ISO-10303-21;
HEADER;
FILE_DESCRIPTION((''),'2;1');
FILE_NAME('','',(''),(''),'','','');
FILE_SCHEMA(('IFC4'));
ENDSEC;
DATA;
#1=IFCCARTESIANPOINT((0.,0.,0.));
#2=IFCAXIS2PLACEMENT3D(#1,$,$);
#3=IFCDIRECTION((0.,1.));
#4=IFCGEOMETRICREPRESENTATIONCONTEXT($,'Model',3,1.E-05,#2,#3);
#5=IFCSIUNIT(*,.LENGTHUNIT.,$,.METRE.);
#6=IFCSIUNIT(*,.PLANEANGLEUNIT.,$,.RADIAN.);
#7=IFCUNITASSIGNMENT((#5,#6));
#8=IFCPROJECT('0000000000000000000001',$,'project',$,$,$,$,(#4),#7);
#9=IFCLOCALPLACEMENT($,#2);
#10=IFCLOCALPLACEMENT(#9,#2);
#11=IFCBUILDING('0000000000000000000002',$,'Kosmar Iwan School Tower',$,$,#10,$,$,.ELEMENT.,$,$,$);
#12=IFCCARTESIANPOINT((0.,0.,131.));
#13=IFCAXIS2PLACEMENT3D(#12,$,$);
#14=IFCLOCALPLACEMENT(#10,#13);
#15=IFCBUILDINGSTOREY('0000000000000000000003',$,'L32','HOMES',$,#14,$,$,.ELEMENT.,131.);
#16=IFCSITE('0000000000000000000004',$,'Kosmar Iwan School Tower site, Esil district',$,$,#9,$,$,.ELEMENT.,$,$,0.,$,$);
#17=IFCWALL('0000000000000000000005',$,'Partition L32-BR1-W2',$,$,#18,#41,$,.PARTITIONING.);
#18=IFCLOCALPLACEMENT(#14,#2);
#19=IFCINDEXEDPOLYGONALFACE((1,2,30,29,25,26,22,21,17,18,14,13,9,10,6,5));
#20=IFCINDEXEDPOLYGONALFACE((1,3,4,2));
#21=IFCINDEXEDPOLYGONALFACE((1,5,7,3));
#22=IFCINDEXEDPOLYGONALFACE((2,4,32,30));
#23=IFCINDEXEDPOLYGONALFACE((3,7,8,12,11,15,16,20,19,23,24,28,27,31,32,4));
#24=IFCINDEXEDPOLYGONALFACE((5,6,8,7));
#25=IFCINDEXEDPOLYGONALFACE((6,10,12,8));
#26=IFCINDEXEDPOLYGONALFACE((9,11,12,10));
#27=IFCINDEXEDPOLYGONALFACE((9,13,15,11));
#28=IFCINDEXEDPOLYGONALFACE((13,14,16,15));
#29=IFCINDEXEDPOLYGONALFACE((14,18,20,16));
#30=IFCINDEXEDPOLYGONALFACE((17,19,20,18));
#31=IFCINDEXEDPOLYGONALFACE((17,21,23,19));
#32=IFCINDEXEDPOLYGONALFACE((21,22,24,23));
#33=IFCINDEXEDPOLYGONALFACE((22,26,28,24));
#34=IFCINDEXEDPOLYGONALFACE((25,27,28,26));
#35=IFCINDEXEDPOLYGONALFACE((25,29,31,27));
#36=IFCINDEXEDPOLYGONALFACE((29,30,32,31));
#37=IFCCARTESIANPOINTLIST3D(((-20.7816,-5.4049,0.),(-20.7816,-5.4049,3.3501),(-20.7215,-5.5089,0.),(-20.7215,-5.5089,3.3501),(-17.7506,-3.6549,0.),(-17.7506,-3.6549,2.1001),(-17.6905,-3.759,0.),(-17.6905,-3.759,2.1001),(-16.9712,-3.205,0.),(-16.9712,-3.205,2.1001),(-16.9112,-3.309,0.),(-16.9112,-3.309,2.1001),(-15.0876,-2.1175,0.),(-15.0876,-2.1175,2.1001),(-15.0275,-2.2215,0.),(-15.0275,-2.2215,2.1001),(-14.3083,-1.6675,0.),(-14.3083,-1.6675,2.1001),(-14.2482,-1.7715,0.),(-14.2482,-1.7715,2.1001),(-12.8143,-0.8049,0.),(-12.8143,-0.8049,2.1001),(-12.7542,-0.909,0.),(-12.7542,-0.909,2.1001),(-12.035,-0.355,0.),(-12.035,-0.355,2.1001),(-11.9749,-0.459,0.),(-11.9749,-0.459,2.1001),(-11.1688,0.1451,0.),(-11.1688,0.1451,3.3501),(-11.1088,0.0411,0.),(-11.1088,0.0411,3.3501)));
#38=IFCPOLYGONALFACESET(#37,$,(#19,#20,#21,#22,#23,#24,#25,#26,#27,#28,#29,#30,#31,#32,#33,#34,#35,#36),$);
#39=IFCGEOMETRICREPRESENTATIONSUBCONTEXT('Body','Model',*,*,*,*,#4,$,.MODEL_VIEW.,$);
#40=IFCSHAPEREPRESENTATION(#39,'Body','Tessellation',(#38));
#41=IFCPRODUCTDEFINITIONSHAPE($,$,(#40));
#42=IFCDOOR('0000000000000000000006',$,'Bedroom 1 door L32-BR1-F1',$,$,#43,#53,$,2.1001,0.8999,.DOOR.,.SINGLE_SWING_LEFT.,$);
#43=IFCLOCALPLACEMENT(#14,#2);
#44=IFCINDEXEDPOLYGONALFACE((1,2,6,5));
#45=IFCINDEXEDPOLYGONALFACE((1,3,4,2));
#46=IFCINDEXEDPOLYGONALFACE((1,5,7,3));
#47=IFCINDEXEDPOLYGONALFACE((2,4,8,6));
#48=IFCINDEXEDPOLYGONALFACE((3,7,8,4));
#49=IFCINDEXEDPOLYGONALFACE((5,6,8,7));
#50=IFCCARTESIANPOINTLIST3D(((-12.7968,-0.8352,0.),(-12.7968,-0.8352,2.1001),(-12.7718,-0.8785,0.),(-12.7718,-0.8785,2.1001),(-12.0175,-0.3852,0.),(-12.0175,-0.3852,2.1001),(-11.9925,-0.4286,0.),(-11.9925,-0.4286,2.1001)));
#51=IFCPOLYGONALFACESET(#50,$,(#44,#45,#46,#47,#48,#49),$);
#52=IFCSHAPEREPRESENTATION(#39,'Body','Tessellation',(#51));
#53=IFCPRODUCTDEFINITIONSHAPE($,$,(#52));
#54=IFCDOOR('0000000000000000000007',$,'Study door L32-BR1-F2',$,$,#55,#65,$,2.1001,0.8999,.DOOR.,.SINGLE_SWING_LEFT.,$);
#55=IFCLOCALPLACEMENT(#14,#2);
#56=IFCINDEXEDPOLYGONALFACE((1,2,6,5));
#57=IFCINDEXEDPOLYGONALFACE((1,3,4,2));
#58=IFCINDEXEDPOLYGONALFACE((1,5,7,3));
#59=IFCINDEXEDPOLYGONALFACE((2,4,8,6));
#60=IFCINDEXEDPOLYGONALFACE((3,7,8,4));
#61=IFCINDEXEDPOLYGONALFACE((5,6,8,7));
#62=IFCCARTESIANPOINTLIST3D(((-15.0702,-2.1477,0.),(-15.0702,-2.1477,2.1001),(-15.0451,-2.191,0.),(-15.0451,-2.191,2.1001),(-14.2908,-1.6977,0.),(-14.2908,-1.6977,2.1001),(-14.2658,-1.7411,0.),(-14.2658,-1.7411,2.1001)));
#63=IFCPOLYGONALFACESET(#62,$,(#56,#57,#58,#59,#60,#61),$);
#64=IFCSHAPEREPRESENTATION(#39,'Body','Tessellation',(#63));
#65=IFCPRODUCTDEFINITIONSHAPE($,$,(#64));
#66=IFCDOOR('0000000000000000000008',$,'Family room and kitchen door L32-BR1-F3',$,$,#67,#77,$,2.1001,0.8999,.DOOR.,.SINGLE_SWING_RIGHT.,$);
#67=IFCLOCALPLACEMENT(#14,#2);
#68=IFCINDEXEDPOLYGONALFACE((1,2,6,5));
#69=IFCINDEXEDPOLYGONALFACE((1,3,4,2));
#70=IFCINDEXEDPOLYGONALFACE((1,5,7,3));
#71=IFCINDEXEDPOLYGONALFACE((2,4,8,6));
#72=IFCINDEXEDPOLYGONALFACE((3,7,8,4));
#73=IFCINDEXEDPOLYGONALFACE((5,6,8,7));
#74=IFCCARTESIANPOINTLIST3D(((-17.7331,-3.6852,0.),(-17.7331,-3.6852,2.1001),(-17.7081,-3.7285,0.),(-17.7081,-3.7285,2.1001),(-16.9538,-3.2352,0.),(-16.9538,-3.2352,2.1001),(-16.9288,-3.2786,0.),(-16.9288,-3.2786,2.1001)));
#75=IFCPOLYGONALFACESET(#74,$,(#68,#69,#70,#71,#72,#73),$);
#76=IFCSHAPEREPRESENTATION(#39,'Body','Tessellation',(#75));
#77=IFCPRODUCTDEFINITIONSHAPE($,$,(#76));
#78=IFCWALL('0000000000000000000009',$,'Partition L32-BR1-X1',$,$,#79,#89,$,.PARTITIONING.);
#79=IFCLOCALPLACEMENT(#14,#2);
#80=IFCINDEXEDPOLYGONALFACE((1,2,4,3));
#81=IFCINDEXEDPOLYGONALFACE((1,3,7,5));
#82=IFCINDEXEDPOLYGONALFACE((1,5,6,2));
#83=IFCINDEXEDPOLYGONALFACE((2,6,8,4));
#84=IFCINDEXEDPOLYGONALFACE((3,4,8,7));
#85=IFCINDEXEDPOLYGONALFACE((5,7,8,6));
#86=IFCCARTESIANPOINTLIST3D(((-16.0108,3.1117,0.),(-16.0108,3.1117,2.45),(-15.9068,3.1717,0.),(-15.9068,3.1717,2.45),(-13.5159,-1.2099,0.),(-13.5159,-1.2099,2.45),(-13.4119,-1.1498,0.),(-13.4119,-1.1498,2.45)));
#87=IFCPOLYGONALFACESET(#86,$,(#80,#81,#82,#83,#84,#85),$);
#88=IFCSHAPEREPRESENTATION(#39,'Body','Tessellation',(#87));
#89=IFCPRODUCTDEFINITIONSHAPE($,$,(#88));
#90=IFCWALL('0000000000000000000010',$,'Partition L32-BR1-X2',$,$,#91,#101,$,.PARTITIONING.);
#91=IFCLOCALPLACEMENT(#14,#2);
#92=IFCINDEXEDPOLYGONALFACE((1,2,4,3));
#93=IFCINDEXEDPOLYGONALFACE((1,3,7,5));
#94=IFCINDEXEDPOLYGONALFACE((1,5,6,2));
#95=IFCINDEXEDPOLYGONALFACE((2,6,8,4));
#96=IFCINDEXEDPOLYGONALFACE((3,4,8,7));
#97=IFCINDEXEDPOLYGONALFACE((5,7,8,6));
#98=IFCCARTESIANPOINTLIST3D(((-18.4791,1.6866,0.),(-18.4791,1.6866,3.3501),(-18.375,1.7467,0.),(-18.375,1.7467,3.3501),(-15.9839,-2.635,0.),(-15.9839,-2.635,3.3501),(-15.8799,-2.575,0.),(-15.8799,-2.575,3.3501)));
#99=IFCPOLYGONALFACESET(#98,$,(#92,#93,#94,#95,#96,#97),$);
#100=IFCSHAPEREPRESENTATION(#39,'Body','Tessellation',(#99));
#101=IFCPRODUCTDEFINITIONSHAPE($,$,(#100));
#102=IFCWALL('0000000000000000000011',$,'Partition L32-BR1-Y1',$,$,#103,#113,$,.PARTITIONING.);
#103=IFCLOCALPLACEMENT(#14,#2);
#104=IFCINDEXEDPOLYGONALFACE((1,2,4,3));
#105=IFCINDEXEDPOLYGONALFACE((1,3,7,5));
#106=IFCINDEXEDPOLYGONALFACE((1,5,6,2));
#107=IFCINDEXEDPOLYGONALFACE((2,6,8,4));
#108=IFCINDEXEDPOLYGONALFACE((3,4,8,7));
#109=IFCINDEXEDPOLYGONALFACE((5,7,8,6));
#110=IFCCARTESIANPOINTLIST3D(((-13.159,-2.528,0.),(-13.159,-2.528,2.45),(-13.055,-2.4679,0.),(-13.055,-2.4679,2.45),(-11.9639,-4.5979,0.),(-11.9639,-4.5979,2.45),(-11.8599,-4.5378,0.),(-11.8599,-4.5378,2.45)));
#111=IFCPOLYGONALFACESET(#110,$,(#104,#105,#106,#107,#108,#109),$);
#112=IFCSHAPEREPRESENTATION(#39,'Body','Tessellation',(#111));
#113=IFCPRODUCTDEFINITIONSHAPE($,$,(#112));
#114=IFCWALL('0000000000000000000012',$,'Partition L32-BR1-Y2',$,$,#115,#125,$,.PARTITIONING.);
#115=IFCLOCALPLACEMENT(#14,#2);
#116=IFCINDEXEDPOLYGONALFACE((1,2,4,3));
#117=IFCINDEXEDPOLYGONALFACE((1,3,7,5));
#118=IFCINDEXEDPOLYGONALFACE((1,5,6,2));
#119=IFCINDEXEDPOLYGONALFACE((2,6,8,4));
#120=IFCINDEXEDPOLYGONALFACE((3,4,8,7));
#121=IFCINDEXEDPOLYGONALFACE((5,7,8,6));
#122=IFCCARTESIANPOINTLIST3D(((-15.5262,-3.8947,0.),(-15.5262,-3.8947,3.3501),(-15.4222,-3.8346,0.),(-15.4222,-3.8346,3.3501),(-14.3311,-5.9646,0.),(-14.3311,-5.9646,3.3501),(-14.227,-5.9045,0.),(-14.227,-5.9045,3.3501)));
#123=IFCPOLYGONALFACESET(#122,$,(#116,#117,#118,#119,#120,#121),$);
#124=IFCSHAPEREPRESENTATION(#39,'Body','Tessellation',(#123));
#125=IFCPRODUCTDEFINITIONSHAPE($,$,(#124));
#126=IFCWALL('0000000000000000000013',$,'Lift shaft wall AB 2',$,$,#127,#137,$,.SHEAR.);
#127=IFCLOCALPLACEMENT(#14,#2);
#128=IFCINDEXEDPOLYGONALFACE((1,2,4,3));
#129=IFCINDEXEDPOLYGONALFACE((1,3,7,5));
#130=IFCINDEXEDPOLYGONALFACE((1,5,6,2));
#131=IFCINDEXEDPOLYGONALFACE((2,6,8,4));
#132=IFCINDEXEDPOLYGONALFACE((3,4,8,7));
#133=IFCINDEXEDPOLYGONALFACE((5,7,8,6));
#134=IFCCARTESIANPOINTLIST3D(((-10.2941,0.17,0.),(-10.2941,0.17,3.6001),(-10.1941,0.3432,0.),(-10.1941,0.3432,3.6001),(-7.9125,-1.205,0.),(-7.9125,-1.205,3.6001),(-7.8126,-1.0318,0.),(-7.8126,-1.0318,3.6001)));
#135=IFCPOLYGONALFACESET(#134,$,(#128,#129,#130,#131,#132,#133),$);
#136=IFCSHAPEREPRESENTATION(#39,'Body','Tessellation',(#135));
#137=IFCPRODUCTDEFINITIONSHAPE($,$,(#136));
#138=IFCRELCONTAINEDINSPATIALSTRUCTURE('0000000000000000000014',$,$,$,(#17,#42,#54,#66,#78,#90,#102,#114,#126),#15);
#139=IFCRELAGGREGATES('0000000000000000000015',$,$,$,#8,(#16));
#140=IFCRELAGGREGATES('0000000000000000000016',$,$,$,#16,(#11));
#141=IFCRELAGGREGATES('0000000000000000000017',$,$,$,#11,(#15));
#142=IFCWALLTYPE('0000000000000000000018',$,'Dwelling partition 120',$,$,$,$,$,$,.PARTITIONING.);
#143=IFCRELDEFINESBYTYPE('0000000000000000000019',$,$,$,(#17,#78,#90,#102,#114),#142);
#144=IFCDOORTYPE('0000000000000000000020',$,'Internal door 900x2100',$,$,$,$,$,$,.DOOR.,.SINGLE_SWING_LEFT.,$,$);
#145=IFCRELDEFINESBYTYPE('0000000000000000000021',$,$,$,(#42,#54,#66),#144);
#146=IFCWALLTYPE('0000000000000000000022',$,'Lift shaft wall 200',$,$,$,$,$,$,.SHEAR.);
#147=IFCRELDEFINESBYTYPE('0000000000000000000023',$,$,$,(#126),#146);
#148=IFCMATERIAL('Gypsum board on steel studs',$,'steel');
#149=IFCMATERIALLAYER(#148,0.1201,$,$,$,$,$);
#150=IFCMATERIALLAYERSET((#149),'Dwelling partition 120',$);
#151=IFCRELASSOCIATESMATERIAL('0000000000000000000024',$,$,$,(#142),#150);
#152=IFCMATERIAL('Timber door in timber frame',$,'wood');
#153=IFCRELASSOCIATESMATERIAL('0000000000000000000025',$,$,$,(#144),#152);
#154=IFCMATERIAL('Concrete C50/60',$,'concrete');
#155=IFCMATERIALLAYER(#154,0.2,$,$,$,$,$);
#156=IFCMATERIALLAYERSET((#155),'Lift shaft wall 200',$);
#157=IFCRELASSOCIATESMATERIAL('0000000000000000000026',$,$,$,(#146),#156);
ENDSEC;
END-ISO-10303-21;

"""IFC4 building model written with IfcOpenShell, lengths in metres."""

from ifc_helpers import new_model, si_unit, direction, frame, frame_2d, origin, place, context, subcontext, project, spatial, rectangle, extrude, material, layer, layer_set, type_object, element, fill, save


model = new_model("IFC4")

# Units and contexts
model_context = context("Model", 3, precision=1e-05, world=origin(), true_north=direction((0.0, 1.0)))
body_context = subcontext(model_context, "Body", "Model", "MODEL_VIEW")
ifc_project = project(units=[si_unit("LENGTHUNIT", "METRE"), si_unit("PLANEANGLEUNIT", "RADIAN")], contexts=[model_context])

# Site, building, storey
site_placement = place(None, origin())
site = spatial("IfcSite", under=ifc_project, at=site_placement, Name="Kosmar Iwan School Tower site, Esil district", CompositionType="ELEMENT", RefElevation=0.0)
building_placement = place(site_placement, origin())
building = spatial("IfcBuilding", under=site, at=building_placement, Name="Kosmar Iwan School Tower", CompositionType="ELEMENT")
storey_placement = place(building_placement, frame((0.0, 0.0, 131.0)))
storey = spatial("IfcBuildingStorey", under=building, at=storey_placement, Name="L32", Description="HOMES", CompositionType="ELEMENT", Elevation=131.0)

# Wall, openings, doors
ifc_material_1 = material(Name="Gypsum board on steel studs", Category="steel")
ifc_layer_1 = layer(ifc_material_1, 0.1201)
ifc_layer_set_1 = layer_set([ifc_layer_1], Name="Dwelling partition 120")
wall_type_1 = type_object("IfcWallType", Name="Dwelling partition 120", PredefinedType="PARTITIONING", material=ifc_layer_set_1)
ifc_material_2 = material(Name="Timber door in timber frame", Category="wood")
door_type_1 = type_object("IfcDoorType", Name="Internal door 900x2100", OperationType="SINGLE_SWING_LEFT", PredefinedType="DOOR", material=ifc_material_2)
wall_1_placement = place(storey_placement, frame((-11.1389, 0.093, 0.0), z_axis=(0.0, 0.0, 1.0), x_axis=(-0.866021, -0.500007, 0.0)))
wall_1 = element("IfcWall", 1, at=wall_1_placement, inside=storey, type_object=wall_type_1, Name="Partition L32-BR1-W2", PredefinedType="PARTITIONING", context=body_context, shape_type="SweptSolid", body=[
    extrude(rectangle(XDim=11.0999, YDim=0.1201, at=frame_2d((5.5498, 0.0))), origin(), (0.0, 0.0, 1.0), 3.3501),
])
opening_1_placement = place(wall_1_placement, frame((1.0, 0.0, 0.0)))
opening_1 = element("IfcOpeningElement", 2, at=opening_1_placement, cuts=wall_1, PredefinedType="OPENING", context=body_context, shape_type="SweptSolid", body=[
    extrude(rectangle(XDim=0.8999, YDim=2.1001, at=frame_2d((0.45, 1.05))), frame((0.0, 0.072, 0.0), z_axis=(0.0, -1.0, 0.0), x_axis=(1.0, 0.0, 0.0)), (0.0, 0.0, 1.0), 0.144),
])
opening_2_placement = place(wall_1_placement, frame((3.625, 0.0, 0.0)))
opening_2 = element("IfcOpeningElement", 3, at=opening_2_placement, cuts=wall_1, PredefinedType="OPENING", context=body_context, shape_type="SweptSolid", body=[
    extrude(rectangle(XDim=0.8999, YDim=2.1001, at=frame_2d((0.45, 1.05))), frame((0.0, 0.072, 0.0), z_axis=(0.0, -1.0, 0.0), x_axis=(1.0, 0.0, 0.0)), (0.0, 0.0, 1.0), 0.144),
])
opening_3_placement = place(wall_1_placement, frame((6.7, 0.0, 0.0)))
opening_3 = element("IfcOpeningElement", 4, at=opening_3_placement, cuts=wall_1, PredefinedType="OPENING", context=body_context, shape_type="SweptSolid", body=[
    extrude(rectangle(XDim=0.8999, YDim=2.1001, at=frame_2d((0.45, 1.05))), frame((0.0, 0.072, 0.0), z_axis=(0.0, -1.0, 0.0), x_axis=(1.0, 0.0, 0.0)), (0.0, 0.0, 1.0), 0.144),
])
door_1_placement = place(opening_1_placement, origin())
door_1 = element("IfcDoor", 5, at=door_1_placement, inside=storey, type_object=door_type_1, Name="Bedroom 1 door L32-BR1-F1", OperationType="SINGLE_SWING_LEFT", OverallHeight=2.1001, OverallWidth=0.8999, PredefinedType="DOOR", context=body_context, shape_type="SweptSolid", body=[
    extrude(rectangle(XDim=0.8999, YDim=2.1001, at=frame_2d((0.45, 1.05))), frame((0.0, 0.0249, 0.0), z_axis=(0.0, -1.0, 0.0), x_axis=(1.0, 0.0, 0.0)), (0.0, 0.0, 1.0), 0.05),
])
fill(opening_1, door_1)
door_2_placement = place(opening_2_placement, origin())
door_2 = element("IfcDoor", 6, at=door_2_placement, inside=storey, type_object=door_type_1, Name="Study door L32-BR1-F2", OperationType="SINGLE_SWING_LEFT", OverallHeight=2.1001, OverallWidth=0.8999, PredefinedType="DOOR", context=body_context, shape_type="SweptSolid", body=[
    extrude(rectangle(XDim=0.8999, YDim=2.1001, at=frame_2d((0.45, 1.05))), frame((0.0, 0.0249, 0.0), z_axis=(0.0, -1.0, 0.0), x_axis=(1.0, 0.0, 0.0)), (0.0, 0.0, 1.0), 0.05),
])
fill(opening_2, door_2)
door_3_placement = place(opening_3_placement, origin())
door_3 = element("IfcDoor", 7, at=door_3_placement, inside=storey, type_object=door_type_1, Name="Family room and kitchen door L32-BR1-F3", OperationType="SINGLE_SWING_RIGHT", OverallHeight=2.1001, OverallWidth=0.8999, PredefinedType="DOOR", context=body_context, shape_type="SweptSolid", body=[
    extrude(rectangle(XDim=0.8999, YDim=2.1001, at=frame_2d((0.45, 1.05))), frame((0.0, 0.0249, 0.0), z_axis=(0.0, -1.0, 0.0), x_axis=(1.0, 0.0, 0.0)), (0.0, 0.0, 1.0), 0.05),
])
fill(opening_3, door_3)

# Walls
wall_2_placement = place(storey_placement, frame((-13.4639, -1.1799, 0.0), z_axis=(0.0, 0.0, 1.0), x_axis=(-0.499975, 0.86604, 0.0)))
element("IfcWall", 8, at=wall_2_placement, inside=storey, type_object=wall_type_1, Name="Partition L32-BR1-X1", PredefinedType="PARTITIONING", context=body_context, shape_type="SweptSolid", body=[
    extrude(rectangle(XDim=4.99, YDim=0.1201, at=frame_2d((2.4951, 0.0))), origin(), (0.0, 0.0, 1.0), 2.45),
])
wall_3_placement = place(storey_placement, frame((-15.9319, -2.605, 0.0), z_axis=(0.0, 0.0, 1.0), x_axis=(-0.500012, 0.866019, 0.0)))
element("IfcWall", 9, at=wall_3_placement, inside=storey, type_object=wall_type_1, Name="Partition L32-BR1-X2", PredefinedType="PARTITIONING", context=body_context, shape_type="SweptSolid", body=[
    extrude(rectangle(XDim=4.9902, YDim=0.1201, at=frame_2d((2.4951, 0.0))), origin(), (0.0, 0.0, 1.0), 3.3501),
])
wall_4_placement = place(storey_placement, frame((-11.9119, -4.5679, 0.0), z_axis=(0.0, 0.0, 1.0), x_axis=(-0.500017, 0.866015, 0.0)))
element("IfcWall", 10, at=wall_4_placement, inside=storey, type_object=wall_type_1, Name="Partition L32-BR1-Y1", PredefinedType="PARTITIONING", context=body_context, shape_type="SweptSolid", body=[
    extrude(rectangle(XDim=2.3901, YDim=0.1201, at=frame_2d((1.1951, 0.0))), origin(), (0.0, 0.0, 1.0), 2.45),
])
wall_5_placement = place(storey_placement, frame((-14.2791, -5.9346, 0.0), z_axis=(0.0, 0.0, 1.0), x_axis=(-0.500017, 0.866015, 0.0)))
element("IfcWall", 11, at=wall_5_placement, inside=storey, type_object=wall_type_1, Name="Partition L32-BR1-Y2", PredefinedType="PARTITIONING", context=body_context, shape_type="SweptSolid", body=[
    extrude(rectangle(XDim=2.3901, YDim=0.1201, at=frame_2d((1.1951, 0.0))), origin(), (0.0, 0.0, 1.0), 3.3501),
])
ifc_material_3 = material(Name="Concrete C50/60", Category="concrete")
ifc_layer_2 = layer(ifc_material_3, 0.2)
ifc_layer_set_2 = layer_set([ifc_layer_2], Name="Lift shaft wall 200")
wall_type_2 = type_object("IfcWallType", Name="Lift shaft wall 200", PredefinedType="SHEAR", material=ifc_layer_set_2)
wall_6_placement = place(storey_placement, frame((-7.8625, -1.1184, 0.0), z_axis=(0.0, 0.0, 1.0), x_axis=(-0.866027, 0.499997, 0.0)))
element("IfcWall", 12, at=wall_6_placement, inside=storey, type_object=wall_type_2, Name="Lift shaft wall AB 2", PredefinedType="SHEAR", context=body_context, shape_type="SweptSolid", body=[
    extrude(rectangle(XDim=2.75, YDim=0.2, at=frame_2d((1.375, 0.0))), origin(), (0.0, 0.0, 1.0), 3.6001),
])

save(model, "model.ifc")
